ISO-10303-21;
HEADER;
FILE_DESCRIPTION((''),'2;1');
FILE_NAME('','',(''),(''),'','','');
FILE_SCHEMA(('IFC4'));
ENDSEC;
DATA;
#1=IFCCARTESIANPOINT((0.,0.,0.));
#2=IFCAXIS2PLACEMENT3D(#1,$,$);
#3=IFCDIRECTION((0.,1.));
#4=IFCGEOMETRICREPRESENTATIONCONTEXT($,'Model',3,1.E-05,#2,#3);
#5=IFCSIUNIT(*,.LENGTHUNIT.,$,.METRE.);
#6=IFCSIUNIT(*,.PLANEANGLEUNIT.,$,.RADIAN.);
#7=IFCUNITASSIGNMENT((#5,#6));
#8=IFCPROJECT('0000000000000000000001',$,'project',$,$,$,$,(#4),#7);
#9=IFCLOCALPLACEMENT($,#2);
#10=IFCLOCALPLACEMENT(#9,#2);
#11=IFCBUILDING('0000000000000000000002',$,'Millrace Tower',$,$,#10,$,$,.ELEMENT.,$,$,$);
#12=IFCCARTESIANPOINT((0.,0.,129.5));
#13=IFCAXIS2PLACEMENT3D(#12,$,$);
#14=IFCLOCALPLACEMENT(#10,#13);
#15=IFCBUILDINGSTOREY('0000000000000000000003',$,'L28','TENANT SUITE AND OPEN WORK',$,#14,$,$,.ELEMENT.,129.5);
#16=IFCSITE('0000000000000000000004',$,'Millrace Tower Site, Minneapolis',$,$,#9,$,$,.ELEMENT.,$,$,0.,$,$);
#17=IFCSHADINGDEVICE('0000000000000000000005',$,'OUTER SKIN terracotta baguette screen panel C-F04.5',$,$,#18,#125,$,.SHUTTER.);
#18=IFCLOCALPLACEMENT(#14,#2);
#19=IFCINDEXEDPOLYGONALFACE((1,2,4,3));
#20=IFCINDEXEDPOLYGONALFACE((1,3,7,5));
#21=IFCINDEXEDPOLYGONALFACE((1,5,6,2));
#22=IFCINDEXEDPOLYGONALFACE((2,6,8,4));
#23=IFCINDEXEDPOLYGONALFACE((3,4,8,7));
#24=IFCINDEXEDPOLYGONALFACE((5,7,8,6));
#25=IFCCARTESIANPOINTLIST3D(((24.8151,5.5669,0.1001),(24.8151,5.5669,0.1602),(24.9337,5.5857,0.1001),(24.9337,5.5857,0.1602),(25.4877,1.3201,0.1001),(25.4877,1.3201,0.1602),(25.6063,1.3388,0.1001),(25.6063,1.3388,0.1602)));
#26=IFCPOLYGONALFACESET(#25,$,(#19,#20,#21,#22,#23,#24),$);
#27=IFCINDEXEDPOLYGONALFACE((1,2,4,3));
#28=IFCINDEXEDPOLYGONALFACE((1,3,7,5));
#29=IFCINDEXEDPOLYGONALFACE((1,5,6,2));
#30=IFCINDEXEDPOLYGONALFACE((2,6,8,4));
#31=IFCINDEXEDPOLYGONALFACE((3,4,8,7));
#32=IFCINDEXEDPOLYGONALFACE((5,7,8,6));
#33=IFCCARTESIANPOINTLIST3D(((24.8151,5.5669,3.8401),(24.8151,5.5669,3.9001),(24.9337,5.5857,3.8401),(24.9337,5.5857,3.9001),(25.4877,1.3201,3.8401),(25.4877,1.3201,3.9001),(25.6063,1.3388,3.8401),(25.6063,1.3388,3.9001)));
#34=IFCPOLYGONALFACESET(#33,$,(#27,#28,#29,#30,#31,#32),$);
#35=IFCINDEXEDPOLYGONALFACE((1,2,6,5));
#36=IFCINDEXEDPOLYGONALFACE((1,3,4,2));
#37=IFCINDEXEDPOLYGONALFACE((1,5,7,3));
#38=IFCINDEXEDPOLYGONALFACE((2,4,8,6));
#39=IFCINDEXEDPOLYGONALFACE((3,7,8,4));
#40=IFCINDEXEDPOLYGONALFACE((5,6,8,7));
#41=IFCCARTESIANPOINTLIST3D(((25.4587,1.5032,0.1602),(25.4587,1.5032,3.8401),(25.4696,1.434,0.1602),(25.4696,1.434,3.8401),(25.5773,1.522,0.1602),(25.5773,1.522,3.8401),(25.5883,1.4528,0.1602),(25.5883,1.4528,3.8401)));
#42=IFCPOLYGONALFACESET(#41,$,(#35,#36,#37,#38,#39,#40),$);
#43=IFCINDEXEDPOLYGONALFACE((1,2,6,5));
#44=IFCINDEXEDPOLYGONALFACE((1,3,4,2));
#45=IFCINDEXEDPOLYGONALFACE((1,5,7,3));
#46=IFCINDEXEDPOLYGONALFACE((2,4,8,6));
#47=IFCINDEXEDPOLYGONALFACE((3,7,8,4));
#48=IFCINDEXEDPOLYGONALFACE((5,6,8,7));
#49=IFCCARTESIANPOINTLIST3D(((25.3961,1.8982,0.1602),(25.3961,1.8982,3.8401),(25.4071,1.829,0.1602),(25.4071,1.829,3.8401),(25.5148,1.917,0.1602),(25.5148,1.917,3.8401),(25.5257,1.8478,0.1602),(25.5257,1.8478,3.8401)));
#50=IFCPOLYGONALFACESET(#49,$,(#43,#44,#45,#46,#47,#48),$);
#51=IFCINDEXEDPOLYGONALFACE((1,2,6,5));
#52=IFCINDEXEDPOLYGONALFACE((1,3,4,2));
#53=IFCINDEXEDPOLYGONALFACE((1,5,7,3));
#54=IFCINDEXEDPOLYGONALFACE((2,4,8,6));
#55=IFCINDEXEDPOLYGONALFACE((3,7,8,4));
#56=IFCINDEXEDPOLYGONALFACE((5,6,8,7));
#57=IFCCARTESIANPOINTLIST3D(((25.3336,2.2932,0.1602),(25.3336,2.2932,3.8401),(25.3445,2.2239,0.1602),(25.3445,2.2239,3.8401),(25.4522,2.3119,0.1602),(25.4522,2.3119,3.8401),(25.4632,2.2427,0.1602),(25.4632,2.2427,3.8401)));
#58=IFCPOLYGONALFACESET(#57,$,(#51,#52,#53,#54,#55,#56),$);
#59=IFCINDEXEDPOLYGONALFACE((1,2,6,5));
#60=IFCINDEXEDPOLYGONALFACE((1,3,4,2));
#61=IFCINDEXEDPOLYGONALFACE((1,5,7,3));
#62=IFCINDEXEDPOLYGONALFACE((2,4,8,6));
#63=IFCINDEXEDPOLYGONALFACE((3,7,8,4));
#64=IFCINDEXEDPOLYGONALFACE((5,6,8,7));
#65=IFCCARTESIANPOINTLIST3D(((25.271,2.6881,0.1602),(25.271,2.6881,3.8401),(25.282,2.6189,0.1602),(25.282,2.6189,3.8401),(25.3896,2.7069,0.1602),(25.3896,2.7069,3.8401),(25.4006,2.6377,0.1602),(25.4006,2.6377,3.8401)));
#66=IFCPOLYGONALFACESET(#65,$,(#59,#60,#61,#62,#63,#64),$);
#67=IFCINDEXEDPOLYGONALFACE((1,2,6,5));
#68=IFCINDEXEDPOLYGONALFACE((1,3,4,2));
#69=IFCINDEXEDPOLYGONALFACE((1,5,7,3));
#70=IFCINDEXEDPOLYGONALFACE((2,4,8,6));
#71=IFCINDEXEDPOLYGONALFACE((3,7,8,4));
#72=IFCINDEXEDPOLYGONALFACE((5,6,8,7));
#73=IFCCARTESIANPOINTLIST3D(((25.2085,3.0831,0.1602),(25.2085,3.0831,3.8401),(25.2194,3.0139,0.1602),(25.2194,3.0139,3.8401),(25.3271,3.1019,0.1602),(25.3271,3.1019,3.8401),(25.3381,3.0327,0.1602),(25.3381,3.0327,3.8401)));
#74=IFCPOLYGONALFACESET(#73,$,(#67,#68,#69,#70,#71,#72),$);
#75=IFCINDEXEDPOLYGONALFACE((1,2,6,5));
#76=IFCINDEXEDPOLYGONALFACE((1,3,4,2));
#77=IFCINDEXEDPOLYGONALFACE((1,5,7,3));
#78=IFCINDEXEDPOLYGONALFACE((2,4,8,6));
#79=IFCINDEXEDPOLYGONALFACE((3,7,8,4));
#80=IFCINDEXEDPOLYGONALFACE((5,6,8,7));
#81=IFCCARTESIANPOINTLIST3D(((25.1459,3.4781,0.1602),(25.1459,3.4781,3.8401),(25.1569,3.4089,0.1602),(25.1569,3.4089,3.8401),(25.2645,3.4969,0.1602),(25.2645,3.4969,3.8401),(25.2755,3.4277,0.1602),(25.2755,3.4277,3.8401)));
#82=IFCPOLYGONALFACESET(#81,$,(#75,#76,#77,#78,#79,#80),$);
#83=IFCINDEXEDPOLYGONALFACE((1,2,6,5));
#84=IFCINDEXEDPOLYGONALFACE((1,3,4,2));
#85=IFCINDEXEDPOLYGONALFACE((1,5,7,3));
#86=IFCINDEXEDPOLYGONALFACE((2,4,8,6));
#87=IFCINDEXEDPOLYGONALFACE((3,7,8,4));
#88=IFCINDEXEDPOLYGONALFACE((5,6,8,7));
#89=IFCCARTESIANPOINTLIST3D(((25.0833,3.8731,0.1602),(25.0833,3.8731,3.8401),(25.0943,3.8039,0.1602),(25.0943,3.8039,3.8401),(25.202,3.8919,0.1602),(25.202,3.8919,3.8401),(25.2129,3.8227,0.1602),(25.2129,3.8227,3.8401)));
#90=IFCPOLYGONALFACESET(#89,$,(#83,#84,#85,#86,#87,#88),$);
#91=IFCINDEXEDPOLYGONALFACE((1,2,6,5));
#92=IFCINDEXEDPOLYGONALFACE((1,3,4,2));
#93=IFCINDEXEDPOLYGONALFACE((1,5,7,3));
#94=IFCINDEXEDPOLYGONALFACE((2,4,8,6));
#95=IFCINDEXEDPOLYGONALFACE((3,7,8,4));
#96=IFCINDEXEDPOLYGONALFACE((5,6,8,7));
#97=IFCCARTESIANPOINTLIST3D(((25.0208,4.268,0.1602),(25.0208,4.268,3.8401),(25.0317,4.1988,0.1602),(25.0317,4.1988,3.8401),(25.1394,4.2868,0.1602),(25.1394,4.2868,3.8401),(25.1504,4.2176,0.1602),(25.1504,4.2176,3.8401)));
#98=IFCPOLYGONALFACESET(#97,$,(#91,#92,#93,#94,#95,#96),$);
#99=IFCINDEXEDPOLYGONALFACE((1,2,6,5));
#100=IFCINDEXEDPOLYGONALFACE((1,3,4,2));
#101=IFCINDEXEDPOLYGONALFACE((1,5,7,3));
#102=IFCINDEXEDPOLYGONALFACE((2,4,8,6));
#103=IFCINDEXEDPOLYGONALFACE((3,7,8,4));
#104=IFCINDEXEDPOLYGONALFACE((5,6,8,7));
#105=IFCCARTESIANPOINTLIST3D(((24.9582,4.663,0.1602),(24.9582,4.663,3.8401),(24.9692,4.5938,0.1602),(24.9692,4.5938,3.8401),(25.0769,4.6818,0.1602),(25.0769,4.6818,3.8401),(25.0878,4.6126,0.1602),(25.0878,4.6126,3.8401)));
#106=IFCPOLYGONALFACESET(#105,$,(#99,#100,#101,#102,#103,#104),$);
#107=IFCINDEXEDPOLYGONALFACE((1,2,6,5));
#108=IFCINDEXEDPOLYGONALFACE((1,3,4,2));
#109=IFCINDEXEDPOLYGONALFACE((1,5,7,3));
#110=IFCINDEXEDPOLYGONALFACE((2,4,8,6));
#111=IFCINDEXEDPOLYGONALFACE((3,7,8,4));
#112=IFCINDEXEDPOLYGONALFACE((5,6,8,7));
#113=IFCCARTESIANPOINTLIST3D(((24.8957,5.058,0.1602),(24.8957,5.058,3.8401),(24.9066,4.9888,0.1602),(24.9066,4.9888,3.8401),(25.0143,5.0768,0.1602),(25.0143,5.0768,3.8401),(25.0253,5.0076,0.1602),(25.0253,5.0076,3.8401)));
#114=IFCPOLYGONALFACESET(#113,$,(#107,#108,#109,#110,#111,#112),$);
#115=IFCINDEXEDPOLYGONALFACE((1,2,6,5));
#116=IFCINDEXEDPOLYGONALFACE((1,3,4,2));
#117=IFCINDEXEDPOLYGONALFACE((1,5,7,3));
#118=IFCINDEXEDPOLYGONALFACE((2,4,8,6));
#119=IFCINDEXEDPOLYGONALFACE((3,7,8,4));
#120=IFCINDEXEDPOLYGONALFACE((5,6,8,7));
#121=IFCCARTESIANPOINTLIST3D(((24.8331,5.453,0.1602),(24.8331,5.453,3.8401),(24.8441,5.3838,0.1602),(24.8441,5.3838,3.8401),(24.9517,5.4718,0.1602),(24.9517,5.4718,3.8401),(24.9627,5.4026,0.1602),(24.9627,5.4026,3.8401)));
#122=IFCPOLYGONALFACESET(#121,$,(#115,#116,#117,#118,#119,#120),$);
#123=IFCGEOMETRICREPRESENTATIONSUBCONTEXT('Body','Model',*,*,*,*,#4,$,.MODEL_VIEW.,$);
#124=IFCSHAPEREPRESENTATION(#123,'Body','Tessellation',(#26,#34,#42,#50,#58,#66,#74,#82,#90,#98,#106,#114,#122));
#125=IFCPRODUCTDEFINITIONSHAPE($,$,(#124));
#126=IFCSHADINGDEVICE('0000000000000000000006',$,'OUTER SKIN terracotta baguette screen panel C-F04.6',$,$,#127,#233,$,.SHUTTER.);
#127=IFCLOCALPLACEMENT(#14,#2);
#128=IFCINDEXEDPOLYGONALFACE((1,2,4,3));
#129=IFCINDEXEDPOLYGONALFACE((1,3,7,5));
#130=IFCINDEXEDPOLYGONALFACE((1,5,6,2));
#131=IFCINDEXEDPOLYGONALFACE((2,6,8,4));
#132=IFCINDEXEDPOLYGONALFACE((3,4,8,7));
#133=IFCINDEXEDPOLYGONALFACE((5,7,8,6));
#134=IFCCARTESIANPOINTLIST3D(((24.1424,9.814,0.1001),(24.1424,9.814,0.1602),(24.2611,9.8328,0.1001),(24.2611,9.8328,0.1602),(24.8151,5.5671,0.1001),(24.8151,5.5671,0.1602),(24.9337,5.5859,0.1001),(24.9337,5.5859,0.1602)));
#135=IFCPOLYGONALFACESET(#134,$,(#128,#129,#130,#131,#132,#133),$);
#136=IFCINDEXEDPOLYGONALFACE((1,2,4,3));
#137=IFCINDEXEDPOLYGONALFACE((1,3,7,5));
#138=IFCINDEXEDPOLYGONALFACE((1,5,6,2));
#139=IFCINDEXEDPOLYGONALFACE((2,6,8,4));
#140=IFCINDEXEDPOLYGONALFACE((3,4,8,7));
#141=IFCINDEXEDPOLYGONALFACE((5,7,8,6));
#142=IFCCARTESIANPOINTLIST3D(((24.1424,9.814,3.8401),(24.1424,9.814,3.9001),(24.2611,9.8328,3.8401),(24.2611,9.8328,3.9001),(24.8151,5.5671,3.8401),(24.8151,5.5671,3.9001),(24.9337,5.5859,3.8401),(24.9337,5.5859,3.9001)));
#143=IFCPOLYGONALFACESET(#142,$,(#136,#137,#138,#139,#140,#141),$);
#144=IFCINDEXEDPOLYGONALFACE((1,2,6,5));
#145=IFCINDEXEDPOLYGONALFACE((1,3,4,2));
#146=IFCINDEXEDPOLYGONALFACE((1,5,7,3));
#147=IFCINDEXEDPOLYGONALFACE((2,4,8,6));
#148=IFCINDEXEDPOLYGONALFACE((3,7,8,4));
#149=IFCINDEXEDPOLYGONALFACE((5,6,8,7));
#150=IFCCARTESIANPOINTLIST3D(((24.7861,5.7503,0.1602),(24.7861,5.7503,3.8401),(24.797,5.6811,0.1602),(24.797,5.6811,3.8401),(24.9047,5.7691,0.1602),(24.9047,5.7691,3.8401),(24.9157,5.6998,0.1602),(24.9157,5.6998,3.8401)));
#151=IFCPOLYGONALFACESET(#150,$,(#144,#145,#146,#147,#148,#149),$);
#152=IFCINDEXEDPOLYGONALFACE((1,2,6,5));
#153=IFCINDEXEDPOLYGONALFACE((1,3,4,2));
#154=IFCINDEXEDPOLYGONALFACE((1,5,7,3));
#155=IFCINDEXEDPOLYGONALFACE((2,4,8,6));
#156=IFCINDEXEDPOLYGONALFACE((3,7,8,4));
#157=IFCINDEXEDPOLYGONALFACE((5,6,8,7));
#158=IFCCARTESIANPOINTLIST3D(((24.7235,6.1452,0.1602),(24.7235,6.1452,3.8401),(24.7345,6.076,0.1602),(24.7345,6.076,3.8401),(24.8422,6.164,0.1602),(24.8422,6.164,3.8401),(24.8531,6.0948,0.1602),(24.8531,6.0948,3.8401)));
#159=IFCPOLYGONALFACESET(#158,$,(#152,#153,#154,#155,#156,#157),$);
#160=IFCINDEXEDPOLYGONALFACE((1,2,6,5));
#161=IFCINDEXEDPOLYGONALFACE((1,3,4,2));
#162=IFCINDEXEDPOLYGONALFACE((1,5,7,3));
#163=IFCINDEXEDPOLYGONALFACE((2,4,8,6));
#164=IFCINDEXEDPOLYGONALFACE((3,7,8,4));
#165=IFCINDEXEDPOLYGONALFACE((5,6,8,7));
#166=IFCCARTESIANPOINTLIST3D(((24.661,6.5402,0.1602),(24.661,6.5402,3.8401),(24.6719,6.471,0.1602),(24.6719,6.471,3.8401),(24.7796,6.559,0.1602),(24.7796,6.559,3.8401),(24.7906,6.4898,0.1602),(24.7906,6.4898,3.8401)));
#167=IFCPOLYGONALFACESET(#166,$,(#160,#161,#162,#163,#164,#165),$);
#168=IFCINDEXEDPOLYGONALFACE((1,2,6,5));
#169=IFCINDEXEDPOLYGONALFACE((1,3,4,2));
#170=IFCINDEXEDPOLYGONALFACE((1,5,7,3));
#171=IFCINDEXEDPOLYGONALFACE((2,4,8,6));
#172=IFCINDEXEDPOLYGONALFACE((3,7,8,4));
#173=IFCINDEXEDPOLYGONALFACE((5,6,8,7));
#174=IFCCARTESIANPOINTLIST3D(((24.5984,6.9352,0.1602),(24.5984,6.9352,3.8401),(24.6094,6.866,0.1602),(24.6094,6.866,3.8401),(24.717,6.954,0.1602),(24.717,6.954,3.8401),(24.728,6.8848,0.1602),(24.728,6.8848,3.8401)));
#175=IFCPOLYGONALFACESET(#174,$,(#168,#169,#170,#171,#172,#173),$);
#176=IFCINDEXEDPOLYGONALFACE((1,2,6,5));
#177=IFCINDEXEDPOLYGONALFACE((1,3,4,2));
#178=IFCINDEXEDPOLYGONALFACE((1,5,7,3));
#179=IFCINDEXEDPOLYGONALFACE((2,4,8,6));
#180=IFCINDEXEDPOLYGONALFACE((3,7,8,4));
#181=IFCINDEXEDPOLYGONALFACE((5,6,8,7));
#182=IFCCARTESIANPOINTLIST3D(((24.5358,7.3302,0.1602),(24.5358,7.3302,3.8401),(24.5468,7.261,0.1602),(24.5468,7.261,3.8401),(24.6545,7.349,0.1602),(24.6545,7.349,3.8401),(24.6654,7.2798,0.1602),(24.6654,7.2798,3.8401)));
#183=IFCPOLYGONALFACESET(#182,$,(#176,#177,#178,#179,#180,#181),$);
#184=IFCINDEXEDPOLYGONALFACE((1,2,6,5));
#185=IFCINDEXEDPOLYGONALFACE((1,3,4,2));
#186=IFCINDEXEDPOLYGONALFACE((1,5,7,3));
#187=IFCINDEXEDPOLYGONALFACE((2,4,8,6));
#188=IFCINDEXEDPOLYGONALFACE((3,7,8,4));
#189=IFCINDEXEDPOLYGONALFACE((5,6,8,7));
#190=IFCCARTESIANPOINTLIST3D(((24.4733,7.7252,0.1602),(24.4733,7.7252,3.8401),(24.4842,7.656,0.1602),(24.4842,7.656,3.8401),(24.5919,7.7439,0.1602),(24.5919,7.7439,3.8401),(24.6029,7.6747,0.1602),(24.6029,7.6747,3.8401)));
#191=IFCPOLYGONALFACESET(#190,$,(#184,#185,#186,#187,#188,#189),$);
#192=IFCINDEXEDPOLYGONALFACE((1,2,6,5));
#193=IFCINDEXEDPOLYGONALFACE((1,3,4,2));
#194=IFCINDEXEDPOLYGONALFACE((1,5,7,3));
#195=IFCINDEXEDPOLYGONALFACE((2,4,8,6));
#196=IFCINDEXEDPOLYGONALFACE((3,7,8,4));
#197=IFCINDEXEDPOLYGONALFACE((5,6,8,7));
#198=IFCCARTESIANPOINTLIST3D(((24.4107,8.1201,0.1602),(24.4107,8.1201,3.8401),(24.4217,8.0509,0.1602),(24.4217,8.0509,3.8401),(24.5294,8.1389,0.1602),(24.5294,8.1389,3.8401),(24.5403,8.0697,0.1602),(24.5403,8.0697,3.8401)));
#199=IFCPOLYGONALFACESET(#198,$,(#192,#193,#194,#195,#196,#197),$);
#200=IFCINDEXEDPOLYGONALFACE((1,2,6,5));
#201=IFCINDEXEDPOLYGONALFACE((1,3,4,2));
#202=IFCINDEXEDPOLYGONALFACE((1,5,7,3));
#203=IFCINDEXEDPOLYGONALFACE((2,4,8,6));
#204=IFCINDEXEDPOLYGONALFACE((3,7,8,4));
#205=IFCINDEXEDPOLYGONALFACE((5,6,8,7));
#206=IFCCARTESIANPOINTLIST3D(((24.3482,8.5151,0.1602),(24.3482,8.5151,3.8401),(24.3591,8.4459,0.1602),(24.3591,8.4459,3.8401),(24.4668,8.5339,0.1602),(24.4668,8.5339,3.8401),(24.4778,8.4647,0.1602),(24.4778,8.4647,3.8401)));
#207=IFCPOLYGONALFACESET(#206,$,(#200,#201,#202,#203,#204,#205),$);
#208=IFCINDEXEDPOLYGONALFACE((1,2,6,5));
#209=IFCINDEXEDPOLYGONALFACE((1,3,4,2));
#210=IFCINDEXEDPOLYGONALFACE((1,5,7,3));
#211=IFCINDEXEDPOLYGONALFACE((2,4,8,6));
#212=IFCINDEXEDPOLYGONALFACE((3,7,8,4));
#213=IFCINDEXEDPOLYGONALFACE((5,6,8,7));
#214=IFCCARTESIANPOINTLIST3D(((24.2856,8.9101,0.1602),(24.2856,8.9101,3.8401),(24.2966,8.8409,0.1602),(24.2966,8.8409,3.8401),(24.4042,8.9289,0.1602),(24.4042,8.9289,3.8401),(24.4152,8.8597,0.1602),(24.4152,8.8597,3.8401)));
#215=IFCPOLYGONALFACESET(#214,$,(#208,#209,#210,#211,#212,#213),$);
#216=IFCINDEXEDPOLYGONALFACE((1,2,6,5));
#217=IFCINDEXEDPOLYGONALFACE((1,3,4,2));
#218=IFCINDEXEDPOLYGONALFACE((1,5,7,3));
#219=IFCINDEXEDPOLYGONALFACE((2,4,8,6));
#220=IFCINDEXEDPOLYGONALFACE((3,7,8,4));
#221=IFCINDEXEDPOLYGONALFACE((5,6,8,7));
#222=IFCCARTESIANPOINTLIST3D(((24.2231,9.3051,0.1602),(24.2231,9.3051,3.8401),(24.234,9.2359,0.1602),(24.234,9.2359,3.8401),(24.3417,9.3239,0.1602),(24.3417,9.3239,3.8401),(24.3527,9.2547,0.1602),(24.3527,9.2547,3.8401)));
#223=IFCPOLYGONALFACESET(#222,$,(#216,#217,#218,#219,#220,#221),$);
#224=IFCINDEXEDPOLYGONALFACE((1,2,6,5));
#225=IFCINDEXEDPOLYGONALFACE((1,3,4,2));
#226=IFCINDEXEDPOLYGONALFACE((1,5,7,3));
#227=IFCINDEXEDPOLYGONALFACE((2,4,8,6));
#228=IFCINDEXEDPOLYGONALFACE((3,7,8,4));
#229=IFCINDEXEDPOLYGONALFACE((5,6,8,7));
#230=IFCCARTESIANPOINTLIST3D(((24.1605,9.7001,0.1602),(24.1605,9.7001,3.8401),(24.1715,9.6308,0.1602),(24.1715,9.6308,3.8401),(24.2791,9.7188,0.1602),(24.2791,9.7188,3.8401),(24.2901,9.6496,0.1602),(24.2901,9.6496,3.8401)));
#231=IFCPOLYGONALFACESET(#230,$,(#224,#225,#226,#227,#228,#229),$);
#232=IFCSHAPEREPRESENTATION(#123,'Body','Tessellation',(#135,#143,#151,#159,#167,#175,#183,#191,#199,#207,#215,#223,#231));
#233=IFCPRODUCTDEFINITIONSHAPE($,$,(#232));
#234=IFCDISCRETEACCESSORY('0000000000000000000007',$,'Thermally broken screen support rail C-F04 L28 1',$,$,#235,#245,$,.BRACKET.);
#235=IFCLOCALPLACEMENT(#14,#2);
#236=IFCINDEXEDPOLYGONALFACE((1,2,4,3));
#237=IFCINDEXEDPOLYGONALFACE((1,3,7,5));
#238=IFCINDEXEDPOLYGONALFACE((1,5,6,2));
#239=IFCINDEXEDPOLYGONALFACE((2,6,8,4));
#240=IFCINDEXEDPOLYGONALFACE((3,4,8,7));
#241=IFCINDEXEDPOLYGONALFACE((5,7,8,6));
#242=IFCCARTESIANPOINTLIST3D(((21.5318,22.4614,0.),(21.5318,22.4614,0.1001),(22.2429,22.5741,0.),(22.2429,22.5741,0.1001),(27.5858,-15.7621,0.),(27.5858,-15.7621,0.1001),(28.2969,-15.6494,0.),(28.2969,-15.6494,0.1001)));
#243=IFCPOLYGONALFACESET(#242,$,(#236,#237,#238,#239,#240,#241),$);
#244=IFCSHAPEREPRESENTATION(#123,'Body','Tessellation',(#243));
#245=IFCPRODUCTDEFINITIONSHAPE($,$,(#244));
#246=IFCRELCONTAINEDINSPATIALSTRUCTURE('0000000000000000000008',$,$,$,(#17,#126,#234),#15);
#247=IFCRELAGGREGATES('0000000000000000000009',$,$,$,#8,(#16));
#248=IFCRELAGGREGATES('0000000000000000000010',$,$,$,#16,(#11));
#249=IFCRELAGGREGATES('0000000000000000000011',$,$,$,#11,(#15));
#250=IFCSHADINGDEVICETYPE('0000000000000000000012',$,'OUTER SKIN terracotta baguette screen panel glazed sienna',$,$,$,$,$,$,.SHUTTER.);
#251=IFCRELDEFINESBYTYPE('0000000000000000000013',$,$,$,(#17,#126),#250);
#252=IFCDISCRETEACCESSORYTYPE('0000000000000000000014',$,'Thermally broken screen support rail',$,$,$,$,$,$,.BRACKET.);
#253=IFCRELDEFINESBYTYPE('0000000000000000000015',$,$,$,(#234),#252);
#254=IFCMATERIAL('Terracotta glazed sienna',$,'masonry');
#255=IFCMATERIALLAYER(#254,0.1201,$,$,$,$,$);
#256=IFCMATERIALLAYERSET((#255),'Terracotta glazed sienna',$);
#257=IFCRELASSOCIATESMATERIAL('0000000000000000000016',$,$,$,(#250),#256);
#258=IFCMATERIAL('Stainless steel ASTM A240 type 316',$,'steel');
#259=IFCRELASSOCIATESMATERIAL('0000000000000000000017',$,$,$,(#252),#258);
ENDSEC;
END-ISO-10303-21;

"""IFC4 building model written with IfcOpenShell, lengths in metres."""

from ifc_helpers import new_model, entity, si_unit, direction, frame, frame_2d, origin, origin_2d, place, context, subcontext, project, spatial, rectangle, extrude, source, transform, mapped, material, layer, layer_set, type_object, element, save


model = new_model("IFC4")

# Units and contexts
model_context = context("Model", 3, precision=1e-05, world=origin(), true_north=direction((0.0, 1.0)))
body_context = subcontext(model_context, "Body", "Model", "MODEL_VIEW")
ifc_project = project(units=[si_unit("LENGTHUNIT", "METRE"), si_unit("PLANEANGLEUNIT", "RADIAN")], contexts=[model_context])

# Site, building, storey
site_placement = place(None, origin())
site = spatial("IfcSite", under=ifc_project, at=site_placement, Name="Millrace Tower Site, Minneapolis", CompositionType="ELEMENT", RefElevation=0.0)
building_placement = place(site_placement, origin())
building = spatial("IfcBuilding", under=site, at=building_placement, Name="Millrace Tower", CompositionType="ELEMENT")
storey_placement = place(building_placement, frame((0.0, 0.0, 129.5)))
storey = spatial("IfcBuildingStorey", under=building, at=storey_placement, Name="L28", Description="TENANT SUITE AND OPEN WORK", CompositionType="ELEMENT", Elevation=129.5)

# Shading devices
ifc_material_1 = material(Name="Terracotta glazed sienna", Category="masonry")
ifc_layer_1 = layer(ifc_material_1, 0.1201)
ifc_layer_set_1 = layer_set([ifc_layer_1], Name="Terracotta glazed sienna")
shading_device_type = type_object("IfcShadingDeviceType", Name="OUTER SKIN terracotta baguette screen panel glazed sienna", PredefinedType="SHUTTER", material=ifc_layer_set_1)
cartesian_point = entity("IfcCartesianPoint", [-2.1499, 0.0601])
shared_polyline = entity("IfcPolyline", [cartesian_point, entity("IfcCartesianPoint", [2.1499, 0.0601]), entity("IfcCartesianPoint", [2.1499, -0.0601]), entity("IfcCartesianPoint", [-2.1499, -0.0601]), cartesian_point])
shared_shape = source(origin(), body_context, "Body", "SweptSolid", [
    entity("IfcExtrudedAreaSolid", entity("IfcArbitraryClosedProfileDef", "AREA", None, shared_polyline), entity("IfcAxis2Placement3D", entity("IfcCartesianPoint", [0.0, 0.0, 0.0])), entity("IfcDirection", [0.0, 0.0, 1.0]), 0.0601),
    entity("IfcExtrudedAreaSolid", entity("IfcArbitraryClosedProfileDef", "AREA", None, shared_polyline), entity("IfcAxis2Placement3D", entity("IfcCartesianPoint", [0.0, 0.0, 3.74])), entity("IfcDirection", [0.0, 0.0, 1.0]), 0.0601),
    extrude(rectangle(XDim=0.0701, YDim=0.1201, at=frame_2d((-1.9995, 0.0))), frame((0.0, 0.0, 0.0601)), (0.0, 0.0, 1.0), 3.6799),
    extrude(rectangle(XDim=0.0701, YDim=0.1201, at=frame_2d((-1.5996, 0.0))), frame((0.0, 0.0, 0.0601)), (0.0, 0.0, 1.0), 3.6799),
    extrude(rectangle(XDim=0.0701, YDim=0.1201, at=frame_2d((-1.1997, 0.0))), frame((0.0, 0.0, 0.0601)), (0.0, 0.0, 1.0), 3.6799),
    extrude(rectangle(XDim=0.0701, YDim=0.1201, at=frame_2d((-0.7998, 0.0))), frame((0.0, 0.0, 0.0601)), (0.0, 0.0, 1.0), 3.6799),
    extrude(rectangle(XDim=0.0701, YDim=0.1201, at=frame_2d((-0.3999, 0.0))), frame((0.0, 0.0, 0.0601)), (0.0, 0.0, 1.0), 3.6799),
    extrude(rectangle(XDim=0.0701, YDim=0.1201, at=origin_2d()), frame((0.0, 0.0, 0.0601)), (0.0, 0.0, 1.0), 3.6799),
    extrude(rectangle(XDim=0.0701, YDim=0.1201, at=frame_2d((0.3999, 0.0))), frame((0.0, 0.0, 0.0601)), (0.0, 0.0, 1.0), 3.6799),
    extrude(rectangle(XDim=0.0701, YDim=0.1201, at=frame_2d((0.7998, 0.0))), frame((0.0, 0.0, 0.0601)), (0.0, 0.0, 1.0), 3.6799),
    extrude(rectangle(XDim=0.0701, YDim=0.1201, at=frame_2d((1.1997, 0.0))), frame((0.0, 0.0, 0.0601)), (0.0, 0.0, 1.0), 3.6799),
    extrude(rectangle(XDim=0.0701, YDim=0.1201, at=frame_2d((1.5996, 0.0))), frame((0.0, 0.0, 0.0601)), (0.0, 0.0, 1.0), 3.6799),
    extrude(rectangle(XDim=0.0701, YDim=0.1201, at=frame_2d((1.9995, 0.0))), frame((0.0, 0.0, 0.0601)), (0.0, 0.0, 1.0), 3.6799),
])
for number, where, z_axis, x_axis, name in (
    (1, (25.2107, 3.4529, 0.1001), (0.0, 0.0, 1.0), (-0.156434, 0.987688, 0.0), "OUTER SKIN terracotta baguette screen panel C-F04.5"),
    (2, (24.5381, 7.7, 0.1001), (0.0, 0.0, 1.0), (-0.156434, 0.987688, 0.0), "OUTER SKIN terracotta baguette screen panel C-F04.6"),
):
    element("IfcShadingDevice", number, at=place(storey_placement, frame(where, z_axis=z_axis, x_axis=x_axis)), inside=storey, type_object=shading_device_type, Name=name, PredefinedType="SHUTTER", context=body_context, shape_type="MappedRepresentation", body=[
        mapped(shared_shape, transform((0.0, 0.0, 0.0), scale=1.0)),
    ])

# Discrete accessory
ifc_material_2 = material(Name="Stainless steel ASTM A240 type 316", Category="steel")
discrete_accessory_type = type_object("IfcDiscreteAccessoryType", Name="Thermally broken screen support rail", PredefinedType="BRACKET", material=ifc_material_2)
discrete_accessory_placement = place(storey_placement, frame((24.9143, 3.406, 0.0), z_axis=(0.0, 0.0, 1.0), x_axis=(-0.156434, 0.987688, 0.0)))
element("IfcDiscreteAccessory", 3, at=discrete_accessory_placement, inside=storey, type_object=discrete_accessory_type, Name="Thermally broken screen support rail C-F04 L28 1", PredefinedType="BRACKET", context=body_context, shape_type="SweptSolid", body=[
    extrude(rectangle(XDim=38.7, YDim=0.72, at=origin_2d()), origin(), (0.0, 0.0, 1.0), 0.1001),
])

save(model, "model.ifc")
